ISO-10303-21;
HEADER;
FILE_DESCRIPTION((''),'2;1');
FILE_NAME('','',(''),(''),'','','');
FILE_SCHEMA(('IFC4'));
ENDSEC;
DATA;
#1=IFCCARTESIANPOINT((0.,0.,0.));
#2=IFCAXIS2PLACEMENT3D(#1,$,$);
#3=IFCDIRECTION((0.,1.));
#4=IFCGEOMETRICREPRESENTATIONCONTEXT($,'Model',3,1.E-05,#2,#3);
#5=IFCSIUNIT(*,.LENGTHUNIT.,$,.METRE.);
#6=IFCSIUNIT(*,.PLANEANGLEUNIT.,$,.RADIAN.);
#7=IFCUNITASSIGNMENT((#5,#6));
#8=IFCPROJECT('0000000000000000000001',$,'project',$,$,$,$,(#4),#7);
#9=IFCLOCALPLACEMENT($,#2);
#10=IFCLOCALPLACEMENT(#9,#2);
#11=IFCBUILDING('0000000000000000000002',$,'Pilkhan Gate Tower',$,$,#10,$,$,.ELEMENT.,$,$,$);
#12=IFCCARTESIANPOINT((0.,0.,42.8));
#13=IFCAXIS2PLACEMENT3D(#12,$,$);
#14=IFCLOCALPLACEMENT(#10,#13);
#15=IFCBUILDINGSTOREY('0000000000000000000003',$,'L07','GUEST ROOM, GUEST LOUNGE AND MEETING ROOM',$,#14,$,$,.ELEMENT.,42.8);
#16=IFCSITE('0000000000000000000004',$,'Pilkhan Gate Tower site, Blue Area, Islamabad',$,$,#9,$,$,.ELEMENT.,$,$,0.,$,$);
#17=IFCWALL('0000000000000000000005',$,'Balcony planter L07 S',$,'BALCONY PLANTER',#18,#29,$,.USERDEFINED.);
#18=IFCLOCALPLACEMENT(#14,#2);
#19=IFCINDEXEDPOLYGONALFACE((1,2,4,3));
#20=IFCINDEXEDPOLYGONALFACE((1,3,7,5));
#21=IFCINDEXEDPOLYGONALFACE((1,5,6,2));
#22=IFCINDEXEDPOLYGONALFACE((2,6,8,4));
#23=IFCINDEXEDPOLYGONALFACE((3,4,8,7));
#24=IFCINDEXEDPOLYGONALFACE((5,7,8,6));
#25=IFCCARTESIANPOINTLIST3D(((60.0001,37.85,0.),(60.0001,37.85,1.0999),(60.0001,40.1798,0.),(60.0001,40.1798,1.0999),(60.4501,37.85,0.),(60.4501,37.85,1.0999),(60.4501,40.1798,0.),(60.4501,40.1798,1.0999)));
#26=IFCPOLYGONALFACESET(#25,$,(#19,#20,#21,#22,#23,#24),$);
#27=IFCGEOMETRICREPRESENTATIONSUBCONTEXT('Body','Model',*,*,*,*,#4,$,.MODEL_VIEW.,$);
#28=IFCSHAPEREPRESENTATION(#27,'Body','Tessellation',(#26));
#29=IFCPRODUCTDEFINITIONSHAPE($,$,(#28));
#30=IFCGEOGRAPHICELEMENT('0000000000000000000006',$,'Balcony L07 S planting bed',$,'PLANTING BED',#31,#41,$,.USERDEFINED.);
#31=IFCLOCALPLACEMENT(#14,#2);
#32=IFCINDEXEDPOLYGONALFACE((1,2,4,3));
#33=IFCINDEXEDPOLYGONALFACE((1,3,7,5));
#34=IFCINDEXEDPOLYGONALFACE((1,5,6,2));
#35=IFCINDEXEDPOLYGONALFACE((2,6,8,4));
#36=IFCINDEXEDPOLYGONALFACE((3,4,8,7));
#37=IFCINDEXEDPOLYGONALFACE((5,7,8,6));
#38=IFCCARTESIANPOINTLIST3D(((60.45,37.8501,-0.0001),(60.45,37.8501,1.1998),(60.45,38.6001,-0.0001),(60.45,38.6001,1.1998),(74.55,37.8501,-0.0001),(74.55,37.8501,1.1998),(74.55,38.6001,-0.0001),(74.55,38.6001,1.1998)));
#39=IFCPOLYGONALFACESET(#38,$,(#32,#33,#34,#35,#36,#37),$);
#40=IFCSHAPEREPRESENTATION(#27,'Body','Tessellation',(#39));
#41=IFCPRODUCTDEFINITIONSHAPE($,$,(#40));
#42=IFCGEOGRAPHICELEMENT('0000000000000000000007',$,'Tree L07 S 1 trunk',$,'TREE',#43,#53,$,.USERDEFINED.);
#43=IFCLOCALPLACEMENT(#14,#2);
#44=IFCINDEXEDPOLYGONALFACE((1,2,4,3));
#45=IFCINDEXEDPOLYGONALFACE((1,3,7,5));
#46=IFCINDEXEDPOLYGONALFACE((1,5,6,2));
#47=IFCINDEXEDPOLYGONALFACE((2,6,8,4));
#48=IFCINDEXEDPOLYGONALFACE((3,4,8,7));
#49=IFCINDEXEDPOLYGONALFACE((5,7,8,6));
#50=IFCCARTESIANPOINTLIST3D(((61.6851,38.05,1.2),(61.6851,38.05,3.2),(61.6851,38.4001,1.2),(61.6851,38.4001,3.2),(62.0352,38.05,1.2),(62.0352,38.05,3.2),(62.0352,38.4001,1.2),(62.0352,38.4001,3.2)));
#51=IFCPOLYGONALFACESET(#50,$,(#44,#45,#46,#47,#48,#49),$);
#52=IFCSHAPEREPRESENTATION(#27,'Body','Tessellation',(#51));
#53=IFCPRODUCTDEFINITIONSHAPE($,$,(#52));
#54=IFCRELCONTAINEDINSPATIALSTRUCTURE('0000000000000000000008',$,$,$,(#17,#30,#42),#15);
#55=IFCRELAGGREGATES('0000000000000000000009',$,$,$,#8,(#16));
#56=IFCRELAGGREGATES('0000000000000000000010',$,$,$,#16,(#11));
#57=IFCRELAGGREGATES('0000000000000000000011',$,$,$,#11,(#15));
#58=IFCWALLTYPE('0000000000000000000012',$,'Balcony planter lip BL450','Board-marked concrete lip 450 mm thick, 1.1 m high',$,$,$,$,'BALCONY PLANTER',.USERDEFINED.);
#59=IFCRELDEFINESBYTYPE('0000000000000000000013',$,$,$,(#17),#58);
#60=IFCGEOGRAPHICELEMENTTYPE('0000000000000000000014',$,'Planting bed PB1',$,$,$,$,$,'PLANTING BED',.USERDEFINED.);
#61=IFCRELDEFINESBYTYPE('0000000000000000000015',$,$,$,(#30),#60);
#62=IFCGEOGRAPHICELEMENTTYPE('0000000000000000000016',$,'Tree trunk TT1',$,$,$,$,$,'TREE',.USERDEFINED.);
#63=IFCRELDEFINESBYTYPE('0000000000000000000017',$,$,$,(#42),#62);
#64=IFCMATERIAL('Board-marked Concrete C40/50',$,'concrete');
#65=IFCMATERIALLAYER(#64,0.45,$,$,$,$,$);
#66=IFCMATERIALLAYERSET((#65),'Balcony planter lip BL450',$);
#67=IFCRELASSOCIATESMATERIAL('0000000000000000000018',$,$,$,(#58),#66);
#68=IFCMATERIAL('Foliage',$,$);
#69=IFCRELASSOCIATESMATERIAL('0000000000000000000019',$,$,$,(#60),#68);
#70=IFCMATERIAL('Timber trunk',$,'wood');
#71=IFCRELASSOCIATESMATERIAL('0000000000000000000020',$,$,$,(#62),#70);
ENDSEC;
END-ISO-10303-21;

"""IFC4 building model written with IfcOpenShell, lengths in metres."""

from ifc_helpers import new_model, si_unit, direction, frame, frame_2d, origin, origin_2d, place, context, subcontext, project, spatial, rectangle, extrude, material, layer, layer_set, material_profile, profile_set, type_object, element, save


model = new_model("IFC4")

# Units and contexts
model_context = context("Model", 3, precision=1e-05, world=origin(), true_north=direction((0.0, 1.0)))
body_context = subcontext(model_context, "Body", "Model", "MODEL_VIEW")
ifc_project = project(units=[si_unit("LENGTHUNIT", "METRE"), si_unit("PLANEANGLEUNIT", "RADIAN")], contexts=[model_context])

# Site, building, storey
site_placement = place(None, origin())
site = spatial("IfcSite", under=ifc_project, at=site_placement, Name="Pilkhan Gate Tower site, Blue Area, Islamabad", CompositionType="ELEMENT", RefElevation=0.0)
building_placement = place(site_placement, origin())
building = spatial("IfcBuilding", under=site, at=building_placement, Name="Pilkhan Gate Tower", CompositionType="ELEMENT")
storey_placement = place(building_placement, frame((0.0, 0.0, 42.8)))
storey = spatial("IfcBuildingStorey", under=building, at=storey_placement, Name="L07", Description="GUEST ROOM, GUEST LOUNGE AND MEETING ROOM", CompositionType="ELEMENT", Elevation=42.8)

# Wall
ifc_material_1 = material(Name="Board-marked Concrete C40/50", Category="concrete")
ifc_layer_1 = layer(ifc_material_1, 0.45)
ifc_layer_set_1 = layer_set([ifc_layer_1], Name="Balcony planter lip BL450")
wall_type_1 = type_object("IfcWallType", Name="Balcony planter lip BL450", Description="Board-marked concrete lip 450 mm thick, 1.1 m high", ElementType="BALCONY PLANTER", PredefinedType="USERDEFINED", material=ifc_layer_set_1)
wall_1_placement = place(storey_placement, frame((60.2251, 40.1799, 0.0), z_axis=(0.0, 0.0, 1.0), x_axis=(0.0, -1.0, 0.0)))
element("IfcWall", 1, at=wall_1_placement, inside=storey, type_object=wall_type_1, Name="Balcony planter L07 S", ObjectType="BALCONY PLANTER", PredefinedType="USERDEFINED", context=body_context, shape_type="SweptSolid", body=[
    extrude(rectangle(XDim=2.3298, YDim=0.45, at=frame_2d((1.165, 0.0))), origin(), (0.0, 0.0, 1.0), 1.0999),
])

# Geographic elements
ifc_material_2 = material(Name="Foliage")
ifc_material_profile_1 = material_profile(ifc_material_2, rectangle(XDim=0.75, YDim=1.2, at=origin_2d()), Name="Bed 750x1200")
ifc_profile_set_1 = profile_set([ifc_material_profile_1], Name="Foliage")
geographic_element_type_1 = type_object("IfcGeographicElementType", Name="Planting bed PB1", ElementType="PLANTING BED", PredefinedType="USERDEFINED", material=ifc_profile_set_1)
geographic_element_1_placement = place(storey_placement, frame((60.45, 38.2251, 0.5999), z_axis=(1.0, 0.0, 0.0), x_axis=(0.0, 1.0, 0.0)))
element("IfcGeographicElement", 2, at=geographic_element_1_placement, inside=storey, type_object=geographic_element_type_1, Name="Balcony L07 S planting bed", ObjectType="PLANTING BED", PredefinedType="USERDEFINED", context=body_context, shape_type="SweptSolid", body=[
    extrude(rectangle(XDim=0.75, YDim=1.2, at=origin_2d()), origin(), (0.0, 0.0, 1.0), 14.1001),
])
ifc_material_3 = material(Name="Timber trunk", Category="wood")
geographic_element_type_2 = type_object("IfcGeographicElementType", Name="Tree trunk TT1", ElementType="TREE", PredefinedType="USERDEFINED", material=ifc_material_3)
geographic_element_2_placement = place(storey_placement, frame((61.8601, 38.2251, 1.2), z_axis=(0.0, 0.0, 1.0), x_axis=(1.0, 0.0, 0.0)))
element("IfcGeographicElement", 3, at=geographic_element_2_placement, inside=storey, type_object=geographic_element_type_2, Name="Tree L07 S 1 trunk", ObjectType="TREE", PredefinedType="USERDEFINED", context=body_context, shape_type="SweptSolid", body=[
    extrude(rectangle(XDim=0.3501, YDim=0.3501, at=origin_2d()), origin(), (0.0, 0.0, 1.0), 2.0),
])

save(model, "model.ifc")
